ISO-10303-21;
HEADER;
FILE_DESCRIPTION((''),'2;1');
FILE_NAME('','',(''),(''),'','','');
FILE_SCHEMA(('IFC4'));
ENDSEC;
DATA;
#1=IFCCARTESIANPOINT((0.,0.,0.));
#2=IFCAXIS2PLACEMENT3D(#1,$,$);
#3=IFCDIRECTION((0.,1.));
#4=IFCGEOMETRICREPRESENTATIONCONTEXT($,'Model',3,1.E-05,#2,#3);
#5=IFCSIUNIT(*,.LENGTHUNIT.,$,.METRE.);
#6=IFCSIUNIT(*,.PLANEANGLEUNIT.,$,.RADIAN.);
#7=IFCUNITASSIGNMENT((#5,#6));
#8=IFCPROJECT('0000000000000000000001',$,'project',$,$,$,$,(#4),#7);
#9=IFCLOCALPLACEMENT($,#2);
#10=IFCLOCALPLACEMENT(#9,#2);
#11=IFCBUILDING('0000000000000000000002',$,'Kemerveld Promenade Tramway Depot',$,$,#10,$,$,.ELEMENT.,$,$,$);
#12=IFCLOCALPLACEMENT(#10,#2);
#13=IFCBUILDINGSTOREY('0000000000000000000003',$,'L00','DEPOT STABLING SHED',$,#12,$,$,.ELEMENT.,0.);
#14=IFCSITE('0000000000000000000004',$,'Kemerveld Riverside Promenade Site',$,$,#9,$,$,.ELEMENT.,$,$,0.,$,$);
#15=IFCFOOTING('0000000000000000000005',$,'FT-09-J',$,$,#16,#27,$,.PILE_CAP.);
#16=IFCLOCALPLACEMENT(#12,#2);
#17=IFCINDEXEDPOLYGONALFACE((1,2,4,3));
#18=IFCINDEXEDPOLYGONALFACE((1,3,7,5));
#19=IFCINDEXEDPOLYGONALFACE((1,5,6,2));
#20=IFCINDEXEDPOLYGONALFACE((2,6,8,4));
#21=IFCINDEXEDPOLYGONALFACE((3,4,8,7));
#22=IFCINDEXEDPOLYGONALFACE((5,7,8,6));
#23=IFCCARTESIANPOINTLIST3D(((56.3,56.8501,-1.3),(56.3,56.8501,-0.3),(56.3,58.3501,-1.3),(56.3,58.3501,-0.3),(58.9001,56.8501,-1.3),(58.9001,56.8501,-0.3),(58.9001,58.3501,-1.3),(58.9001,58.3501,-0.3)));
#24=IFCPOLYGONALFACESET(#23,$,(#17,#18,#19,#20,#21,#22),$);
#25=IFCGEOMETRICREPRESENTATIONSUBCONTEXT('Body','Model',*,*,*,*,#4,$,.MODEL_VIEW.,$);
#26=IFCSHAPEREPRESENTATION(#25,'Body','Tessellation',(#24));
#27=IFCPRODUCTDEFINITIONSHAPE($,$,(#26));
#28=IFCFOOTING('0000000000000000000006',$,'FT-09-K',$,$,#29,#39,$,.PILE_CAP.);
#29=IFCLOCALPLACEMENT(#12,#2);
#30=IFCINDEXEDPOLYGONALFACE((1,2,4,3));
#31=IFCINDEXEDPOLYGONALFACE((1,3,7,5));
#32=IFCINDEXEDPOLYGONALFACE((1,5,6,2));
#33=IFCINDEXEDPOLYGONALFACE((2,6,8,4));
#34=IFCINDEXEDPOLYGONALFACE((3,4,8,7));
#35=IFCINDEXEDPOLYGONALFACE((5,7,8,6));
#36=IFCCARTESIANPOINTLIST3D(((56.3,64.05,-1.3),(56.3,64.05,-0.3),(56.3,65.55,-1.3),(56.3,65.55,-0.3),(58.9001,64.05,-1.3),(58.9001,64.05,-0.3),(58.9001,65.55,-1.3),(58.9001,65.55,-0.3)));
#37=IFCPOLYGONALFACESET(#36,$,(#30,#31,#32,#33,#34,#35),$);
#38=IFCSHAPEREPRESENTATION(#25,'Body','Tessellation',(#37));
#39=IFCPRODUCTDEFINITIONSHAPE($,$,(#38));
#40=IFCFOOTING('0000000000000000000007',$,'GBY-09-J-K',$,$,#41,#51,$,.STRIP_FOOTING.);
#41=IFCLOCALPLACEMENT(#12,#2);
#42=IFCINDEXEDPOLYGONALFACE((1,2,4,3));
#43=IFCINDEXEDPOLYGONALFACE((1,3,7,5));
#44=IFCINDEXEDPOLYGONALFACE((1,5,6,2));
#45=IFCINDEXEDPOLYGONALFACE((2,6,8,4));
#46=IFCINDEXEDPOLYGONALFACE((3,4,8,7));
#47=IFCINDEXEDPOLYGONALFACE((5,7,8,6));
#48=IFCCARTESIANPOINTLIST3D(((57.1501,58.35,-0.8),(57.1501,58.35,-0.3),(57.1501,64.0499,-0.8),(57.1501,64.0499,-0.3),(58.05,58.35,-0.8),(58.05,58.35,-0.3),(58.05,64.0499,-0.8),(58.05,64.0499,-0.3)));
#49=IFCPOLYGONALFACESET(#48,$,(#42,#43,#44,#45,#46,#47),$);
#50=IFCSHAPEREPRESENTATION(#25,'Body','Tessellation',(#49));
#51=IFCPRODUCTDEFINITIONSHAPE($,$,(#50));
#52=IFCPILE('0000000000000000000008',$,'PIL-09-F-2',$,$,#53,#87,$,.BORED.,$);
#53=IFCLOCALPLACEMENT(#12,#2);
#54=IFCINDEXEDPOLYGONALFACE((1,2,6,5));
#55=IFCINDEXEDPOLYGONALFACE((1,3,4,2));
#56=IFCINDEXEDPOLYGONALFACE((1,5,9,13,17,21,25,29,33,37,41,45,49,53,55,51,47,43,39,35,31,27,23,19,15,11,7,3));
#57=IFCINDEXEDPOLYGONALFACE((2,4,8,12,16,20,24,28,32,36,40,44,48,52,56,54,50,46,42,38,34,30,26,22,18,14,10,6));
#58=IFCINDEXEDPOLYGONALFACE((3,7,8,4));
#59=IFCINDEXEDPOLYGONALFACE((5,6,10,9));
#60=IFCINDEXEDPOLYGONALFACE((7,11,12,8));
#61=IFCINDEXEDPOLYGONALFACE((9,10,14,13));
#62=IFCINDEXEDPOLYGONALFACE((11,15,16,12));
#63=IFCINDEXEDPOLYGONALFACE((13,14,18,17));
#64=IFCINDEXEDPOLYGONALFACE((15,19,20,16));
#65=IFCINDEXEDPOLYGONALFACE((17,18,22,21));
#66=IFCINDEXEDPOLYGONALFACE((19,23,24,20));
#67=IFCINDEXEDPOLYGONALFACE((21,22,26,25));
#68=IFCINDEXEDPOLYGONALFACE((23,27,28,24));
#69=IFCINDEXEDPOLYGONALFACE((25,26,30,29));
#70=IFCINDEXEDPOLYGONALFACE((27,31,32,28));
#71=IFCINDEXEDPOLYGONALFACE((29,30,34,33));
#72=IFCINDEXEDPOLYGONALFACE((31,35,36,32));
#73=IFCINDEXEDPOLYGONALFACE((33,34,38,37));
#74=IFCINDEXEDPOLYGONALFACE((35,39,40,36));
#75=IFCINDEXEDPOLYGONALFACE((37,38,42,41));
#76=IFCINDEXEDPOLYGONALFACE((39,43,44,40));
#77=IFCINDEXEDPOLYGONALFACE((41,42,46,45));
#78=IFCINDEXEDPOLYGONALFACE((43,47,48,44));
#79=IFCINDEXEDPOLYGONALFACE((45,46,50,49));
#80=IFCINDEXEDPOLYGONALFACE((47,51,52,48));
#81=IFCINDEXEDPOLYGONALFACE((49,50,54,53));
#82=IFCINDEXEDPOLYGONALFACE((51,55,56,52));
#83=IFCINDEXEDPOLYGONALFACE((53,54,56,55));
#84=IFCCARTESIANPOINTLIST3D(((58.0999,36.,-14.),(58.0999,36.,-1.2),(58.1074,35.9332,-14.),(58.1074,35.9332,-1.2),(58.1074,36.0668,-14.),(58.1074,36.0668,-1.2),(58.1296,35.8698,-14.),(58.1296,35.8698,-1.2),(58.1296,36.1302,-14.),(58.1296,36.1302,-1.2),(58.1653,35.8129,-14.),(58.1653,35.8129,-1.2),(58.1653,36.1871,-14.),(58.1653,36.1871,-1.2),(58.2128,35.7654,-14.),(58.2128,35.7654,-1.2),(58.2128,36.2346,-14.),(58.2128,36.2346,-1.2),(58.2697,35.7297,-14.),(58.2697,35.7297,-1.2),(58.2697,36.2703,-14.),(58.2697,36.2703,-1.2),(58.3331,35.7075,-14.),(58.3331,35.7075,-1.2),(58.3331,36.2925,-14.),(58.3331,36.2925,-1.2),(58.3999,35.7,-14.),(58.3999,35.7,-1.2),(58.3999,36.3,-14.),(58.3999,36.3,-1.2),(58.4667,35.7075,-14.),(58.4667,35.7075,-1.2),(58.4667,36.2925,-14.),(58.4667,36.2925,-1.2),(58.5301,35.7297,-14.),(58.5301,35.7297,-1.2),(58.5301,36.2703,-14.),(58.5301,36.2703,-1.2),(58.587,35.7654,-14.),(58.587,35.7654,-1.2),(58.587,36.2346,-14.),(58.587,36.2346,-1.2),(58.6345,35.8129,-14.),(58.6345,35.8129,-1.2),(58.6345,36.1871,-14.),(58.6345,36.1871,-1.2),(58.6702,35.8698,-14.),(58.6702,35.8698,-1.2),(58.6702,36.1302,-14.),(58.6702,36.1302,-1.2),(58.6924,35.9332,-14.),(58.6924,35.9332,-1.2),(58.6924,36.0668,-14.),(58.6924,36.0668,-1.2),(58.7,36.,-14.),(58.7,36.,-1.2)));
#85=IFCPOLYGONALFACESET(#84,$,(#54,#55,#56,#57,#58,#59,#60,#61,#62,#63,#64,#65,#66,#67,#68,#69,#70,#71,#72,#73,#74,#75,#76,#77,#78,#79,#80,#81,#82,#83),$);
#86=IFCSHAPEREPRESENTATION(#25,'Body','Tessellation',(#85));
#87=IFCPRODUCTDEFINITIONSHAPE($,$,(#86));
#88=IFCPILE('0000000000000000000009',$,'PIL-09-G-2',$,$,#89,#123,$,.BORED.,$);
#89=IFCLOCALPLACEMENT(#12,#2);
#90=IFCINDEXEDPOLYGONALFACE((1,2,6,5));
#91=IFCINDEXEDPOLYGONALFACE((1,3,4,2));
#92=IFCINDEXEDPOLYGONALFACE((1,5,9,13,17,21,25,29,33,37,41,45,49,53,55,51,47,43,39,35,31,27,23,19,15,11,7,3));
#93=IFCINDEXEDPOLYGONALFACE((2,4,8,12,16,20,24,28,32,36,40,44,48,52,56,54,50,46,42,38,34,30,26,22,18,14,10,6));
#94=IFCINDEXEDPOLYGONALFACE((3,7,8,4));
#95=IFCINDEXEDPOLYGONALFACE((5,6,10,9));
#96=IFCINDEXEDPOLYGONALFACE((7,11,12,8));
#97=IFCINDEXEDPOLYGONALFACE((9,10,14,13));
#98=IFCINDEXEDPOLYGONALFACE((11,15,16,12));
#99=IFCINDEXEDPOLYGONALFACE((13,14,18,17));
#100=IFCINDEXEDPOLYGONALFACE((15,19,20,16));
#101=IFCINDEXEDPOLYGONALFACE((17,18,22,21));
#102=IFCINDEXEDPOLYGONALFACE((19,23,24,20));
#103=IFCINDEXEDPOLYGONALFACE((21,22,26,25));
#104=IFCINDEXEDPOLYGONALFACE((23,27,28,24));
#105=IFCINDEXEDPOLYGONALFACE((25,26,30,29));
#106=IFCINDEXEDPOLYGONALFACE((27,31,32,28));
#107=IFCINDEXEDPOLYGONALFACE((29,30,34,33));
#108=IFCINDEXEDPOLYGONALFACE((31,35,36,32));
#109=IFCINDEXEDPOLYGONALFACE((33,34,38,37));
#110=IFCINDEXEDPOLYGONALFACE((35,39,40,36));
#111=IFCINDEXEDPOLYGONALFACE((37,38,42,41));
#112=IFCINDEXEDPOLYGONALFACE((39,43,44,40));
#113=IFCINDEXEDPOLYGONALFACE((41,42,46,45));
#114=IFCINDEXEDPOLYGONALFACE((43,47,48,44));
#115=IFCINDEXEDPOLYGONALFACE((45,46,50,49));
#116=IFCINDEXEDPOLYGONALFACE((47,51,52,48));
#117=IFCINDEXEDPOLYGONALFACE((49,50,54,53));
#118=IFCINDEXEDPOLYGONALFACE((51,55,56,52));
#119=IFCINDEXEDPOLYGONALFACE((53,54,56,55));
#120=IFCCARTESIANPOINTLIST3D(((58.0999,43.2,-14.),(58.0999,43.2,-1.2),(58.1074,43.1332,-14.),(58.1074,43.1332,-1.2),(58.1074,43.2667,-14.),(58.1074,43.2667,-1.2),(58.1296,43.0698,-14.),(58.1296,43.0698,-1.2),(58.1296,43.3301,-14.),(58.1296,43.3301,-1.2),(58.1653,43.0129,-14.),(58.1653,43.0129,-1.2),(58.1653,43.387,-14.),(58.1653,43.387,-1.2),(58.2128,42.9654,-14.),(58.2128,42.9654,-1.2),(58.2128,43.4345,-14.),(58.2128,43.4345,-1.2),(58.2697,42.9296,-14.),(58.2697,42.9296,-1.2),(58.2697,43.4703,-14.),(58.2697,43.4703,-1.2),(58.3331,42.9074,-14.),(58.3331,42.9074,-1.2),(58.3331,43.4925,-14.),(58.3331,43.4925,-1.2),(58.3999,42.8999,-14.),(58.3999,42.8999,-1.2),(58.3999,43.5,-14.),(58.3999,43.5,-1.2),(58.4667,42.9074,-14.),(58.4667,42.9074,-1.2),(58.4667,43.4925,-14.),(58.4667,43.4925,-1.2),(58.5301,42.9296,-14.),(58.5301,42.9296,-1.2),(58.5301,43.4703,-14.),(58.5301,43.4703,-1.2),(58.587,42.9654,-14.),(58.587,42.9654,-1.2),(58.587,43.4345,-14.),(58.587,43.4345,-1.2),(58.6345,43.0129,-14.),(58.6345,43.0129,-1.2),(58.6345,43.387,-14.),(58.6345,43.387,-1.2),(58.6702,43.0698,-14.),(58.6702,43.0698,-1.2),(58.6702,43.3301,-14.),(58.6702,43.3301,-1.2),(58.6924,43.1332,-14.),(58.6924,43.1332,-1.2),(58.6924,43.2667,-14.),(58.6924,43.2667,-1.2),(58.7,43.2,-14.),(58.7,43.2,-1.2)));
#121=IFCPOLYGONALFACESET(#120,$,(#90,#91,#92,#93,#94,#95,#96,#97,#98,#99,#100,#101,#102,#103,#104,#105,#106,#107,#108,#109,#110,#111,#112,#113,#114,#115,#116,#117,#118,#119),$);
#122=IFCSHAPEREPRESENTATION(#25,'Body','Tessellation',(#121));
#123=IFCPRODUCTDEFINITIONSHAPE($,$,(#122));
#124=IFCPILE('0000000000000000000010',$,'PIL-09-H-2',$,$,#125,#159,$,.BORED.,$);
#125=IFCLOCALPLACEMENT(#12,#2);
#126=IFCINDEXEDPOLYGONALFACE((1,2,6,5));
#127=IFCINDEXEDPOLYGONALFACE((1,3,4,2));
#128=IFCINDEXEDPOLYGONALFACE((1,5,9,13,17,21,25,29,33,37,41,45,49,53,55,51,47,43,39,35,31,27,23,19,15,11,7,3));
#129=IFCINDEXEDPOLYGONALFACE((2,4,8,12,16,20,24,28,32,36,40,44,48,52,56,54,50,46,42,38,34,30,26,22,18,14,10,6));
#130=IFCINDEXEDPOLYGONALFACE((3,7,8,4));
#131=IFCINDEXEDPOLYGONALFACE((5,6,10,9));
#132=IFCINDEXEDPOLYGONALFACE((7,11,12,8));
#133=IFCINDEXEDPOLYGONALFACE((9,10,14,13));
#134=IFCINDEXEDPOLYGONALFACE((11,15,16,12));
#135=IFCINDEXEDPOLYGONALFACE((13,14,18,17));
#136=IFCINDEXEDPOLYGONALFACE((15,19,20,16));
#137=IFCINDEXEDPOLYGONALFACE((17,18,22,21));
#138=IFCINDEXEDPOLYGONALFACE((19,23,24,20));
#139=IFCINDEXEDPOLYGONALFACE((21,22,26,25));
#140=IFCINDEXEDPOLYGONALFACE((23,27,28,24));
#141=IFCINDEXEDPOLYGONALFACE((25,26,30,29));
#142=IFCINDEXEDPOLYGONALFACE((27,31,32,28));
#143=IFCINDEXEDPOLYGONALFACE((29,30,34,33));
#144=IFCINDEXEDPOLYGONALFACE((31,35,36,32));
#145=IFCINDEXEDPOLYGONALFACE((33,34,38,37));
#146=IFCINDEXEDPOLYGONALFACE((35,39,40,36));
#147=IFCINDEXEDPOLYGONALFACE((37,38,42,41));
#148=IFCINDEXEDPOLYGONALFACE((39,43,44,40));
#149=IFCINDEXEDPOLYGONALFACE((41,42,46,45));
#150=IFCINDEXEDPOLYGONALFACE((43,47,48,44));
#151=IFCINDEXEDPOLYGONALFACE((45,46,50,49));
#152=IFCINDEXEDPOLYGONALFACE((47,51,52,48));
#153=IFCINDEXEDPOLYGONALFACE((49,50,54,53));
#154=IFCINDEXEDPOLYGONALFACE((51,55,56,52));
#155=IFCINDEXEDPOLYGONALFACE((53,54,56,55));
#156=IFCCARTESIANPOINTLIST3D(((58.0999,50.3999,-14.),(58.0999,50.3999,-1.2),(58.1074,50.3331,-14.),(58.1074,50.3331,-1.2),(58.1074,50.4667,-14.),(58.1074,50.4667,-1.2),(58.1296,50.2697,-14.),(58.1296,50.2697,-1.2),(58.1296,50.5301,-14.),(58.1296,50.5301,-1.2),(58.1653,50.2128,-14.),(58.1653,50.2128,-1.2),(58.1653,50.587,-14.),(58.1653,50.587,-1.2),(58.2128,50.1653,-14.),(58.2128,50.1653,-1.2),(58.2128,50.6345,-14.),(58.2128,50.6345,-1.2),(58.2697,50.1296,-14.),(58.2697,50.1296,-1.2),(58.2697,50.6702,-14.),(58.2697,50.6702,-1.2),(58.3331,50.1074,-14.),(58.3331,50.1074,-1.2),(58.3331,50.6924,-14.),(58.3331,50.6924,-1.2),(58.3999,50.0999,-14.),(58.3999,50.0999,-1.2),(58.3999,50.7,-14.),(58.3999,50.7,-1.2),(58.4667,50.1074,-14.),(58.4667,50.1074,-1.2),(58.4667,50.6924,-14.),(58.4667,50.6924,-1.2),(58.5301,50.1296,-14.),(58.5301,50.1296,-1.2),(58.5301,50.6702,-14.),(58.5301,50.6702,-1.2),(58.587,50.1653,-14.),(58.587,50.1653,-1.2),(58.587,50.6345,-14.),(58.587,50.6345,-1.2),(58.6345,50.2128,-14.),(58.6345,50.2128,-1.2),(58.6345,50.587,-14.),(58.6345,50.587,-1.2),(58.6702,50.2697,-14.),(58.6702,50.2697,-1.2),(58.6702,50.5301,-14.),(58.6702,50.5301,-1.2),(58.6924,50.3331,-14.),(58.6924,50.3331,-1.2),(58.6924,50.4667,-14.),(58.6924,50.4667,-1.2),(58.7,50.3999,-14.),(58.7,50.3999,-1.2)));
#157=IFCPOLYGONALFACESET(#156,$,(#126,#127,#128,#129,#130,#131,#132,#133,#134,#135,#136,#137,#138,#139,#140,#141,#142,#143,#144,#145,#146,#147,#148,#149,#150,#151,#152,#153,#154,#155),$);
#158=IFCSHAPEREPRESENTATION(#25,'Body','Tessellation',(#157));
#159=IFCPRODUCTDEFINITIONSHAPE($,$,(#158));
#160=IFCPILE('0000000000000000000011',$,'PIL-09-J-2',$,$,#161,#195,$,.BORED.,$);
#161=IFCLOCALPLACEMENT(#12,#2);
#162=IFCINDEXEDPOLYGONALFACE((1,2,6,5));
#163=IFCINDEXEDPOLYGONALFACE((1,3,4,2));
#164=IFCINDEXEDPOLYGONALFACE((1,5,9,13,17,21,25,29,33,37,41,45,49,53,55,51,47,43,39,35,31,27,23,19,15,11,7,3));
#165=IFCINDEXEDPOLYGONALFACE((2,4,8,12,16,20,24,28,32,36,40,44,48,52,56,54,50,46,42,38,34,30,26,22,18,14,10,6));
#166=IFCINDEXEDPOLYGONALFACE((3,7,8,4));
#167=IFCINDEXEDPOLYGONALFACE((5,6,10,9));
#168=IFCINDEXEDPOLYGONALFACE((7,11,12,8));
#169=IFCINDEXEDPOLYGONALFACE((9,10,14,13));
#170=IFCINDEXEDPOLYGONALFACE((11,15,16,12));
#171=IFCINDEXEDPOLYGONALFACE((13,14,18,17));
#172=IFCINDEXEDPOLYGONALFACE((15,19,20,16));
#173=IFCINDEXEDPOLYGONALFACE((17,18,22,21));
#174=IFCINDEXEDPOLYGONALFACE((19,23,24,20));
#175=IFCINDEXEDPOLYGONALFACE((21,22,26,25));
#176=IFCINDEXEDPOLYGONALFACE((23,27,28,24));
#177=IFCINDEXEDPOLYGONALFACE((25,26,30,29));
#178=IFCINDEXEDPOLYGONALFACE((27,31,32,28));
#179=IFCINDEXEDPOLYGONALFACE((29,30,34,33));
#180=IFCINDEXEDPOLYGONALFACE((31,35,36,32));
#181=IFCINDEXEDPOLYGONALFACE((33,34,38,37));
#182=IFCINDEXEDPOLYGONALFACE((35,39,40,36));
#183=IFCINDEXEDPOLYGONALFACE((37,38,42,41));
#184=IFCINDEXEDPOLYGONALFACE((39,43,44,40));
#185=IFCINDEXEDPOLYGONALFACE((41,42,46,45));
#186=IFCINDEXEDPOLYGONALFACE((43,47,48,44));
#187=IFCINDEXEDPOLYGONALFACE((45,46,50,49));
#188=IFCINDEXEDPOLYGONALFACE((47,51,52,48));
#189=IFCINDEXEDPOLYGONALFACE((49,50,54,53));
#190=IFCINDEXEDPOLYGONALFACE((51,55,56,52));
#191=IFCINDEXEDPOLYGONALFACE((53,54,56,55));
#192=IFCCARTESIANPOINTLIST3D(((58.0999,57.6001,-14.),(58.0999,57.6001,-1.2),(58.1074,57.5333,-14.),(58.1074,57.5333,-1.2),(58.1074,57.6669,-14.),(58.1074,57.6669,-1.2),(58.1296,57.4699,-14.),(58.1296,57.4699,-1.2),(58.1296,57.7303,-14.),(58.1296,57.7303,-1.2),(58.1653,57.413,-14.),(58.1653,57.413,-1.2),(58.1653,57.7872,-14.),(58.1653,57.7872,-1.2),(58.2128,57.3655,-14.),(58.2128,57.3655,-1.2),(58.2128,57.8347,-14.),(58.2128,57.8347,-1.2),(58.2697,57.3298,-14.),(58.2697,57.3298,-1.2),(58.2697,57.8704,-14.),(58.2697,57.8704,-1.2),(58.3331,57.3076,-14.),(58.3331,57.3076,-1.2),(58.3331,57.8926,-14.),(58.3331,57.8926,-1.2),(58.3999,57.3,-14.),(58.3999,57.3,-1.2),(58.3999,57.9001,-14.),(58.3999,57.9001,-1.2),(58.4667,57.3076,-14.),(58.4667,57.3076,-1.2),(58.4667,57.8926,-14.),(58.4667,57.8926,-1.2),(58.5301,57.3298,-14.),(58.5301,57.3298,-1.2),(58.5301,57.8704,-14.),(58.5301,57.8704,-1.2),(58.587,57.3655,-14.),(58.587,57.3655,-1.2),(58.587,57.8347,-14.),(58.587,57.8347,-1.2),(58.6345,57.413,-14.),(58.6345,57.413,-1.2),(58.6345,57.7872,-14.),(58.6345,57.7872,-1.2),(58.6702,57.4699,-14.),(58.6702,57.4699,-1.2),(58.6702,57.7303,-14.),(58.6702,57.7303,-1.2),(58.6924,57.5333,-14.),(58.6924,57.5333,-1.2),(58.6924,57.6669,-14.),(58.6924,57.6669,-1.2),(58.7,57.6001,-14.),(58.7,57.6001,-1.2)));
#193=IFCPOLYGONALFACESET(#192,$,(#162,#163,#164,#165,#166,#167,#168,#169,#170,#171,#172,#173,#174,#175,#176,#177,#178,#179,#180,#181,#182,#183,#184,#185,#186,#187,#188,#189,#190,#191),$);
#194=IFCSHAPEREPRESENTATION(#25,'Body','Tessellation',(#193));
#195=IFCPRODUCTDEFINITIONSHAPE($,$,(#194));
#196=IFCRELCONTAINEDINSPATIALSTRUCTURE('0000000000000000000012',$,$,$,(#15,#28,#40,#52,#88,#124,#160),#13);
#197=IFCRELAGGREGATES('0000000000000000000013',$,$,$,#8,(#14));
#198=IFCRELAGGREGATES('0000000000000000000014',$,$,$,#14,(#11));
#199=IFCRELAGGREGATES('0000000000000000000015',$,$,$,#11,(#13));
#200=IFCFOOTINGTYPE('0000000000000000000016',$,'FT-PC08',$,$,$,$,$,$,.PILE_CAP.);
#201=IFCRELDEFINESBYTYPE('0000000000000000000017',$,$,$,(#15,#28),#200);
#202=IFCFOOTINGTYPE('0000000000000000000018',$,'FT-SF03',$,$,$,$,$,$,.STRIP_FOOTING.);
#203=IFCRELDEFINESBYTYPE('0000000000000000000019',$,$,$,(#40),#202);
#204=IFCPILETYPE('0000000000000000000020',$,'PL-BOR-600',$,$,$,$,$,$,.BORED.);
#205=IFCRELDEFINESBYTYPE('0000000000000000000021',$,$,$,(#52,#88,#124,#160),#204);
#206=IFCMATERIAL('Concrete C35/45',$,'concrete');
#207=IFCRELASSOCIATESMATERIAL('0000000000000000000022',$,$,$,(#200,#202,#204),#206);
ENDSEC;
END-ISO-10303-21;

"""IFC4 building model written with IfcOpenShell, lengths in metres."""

from ifc_helpers import new_model, si_unit, direction, frame, origin, origin_2d, place, context, subcontext, project, spatial, rectangle, circle, extrude, material, material_profile, profile_set, type_object, element, save


model = new_model("IFC4")

# Units and contexts
model_context = context("Model", 3, precision=1e-05, world=origin(), true_north=direction((0.0, 1.0)))
body_context = subcontext(model_context, "Body", "Model", "MODEL_VIEW")
ifc_project = project(units=[si_unit("LENGTHUNIT", "METRE"), si_unit("PLANEANGLEUNIT", "RADIAN")], contexts=[model_context])

# Site, building, storey
site_placement = place(None, origin())
site = spatial("IfcSite", under=ifc_project, at=site_placement, Name="Kemerveld Riverside Promenade Site", CompositionType="ELEMENT", RefElevation=0.0)
building_placement = place(site_placement, origin())
building = spatial("IfcBuilding", under=site, at=building_placement, Name="Kemerveld Promenade Tramway Depot", CompositionType="ELEMENT")
storey_placement = place(building_placement, origin())
storey = spatial("IfcBuildingStorey", under=building, at=storey_placement, Name="L00", Description="DEPOT STABLING SHED", CompositionType="ELEMENT", Elevation=0.0)

# Footings
ifc_material_1 = material(Name="Concrete C35/45", Category="concrete")
footing_type_1 = type_object("IfcFootingType", Name="FT-PC08", PredefinedType="PILE_CAP", material=ifc_material_1)
for number, where, z_axis, x_axis, name in (
    (1, (57.6001, 57.6001, -1.3), (0.0, 0.0, 1.0), (1.0, 0.0, 0.0), "FT-09-J"),
    (2, (57.6001, 64.8, -1.3), (0.0, 0.0, 1.0), (1.0, 0.0, 0.0), "FT-09-K"),
):
    element("IfcFooting", number, at=place(storey_placement, frame(where, z_axis=z_axis, x_axis=x_axis)), inside=storey, type_object=footing_type_1, Name=name, PredefinedType="PILE_CAP", context=body_context, shape_type="SweptSolid", body=[
        extrude(rectangle(XDim=2.6001, YDim=1.5, at=origin_2d()), origin(), (0.0, 0.0, 1.0), 1.0),
    ])
footing_type_2 = type_object("IfcFootingType", Name="FT-SF03", PredefinedType="STRIP_FOOTING", material=ifc_material_1)
footing_placement = place(storey_placement, frame((57.6001, 61.2, -0.8), z_axis=(0.0, 0.0, 1.0), x_axis=(0.0, 1.0, 0.0)))
element("IfcFooting", 3, at=footing_placement, inside=storey, type_object=footing_type_2, Name="GBY-09-J-K", PredefinedType="STRIP_FOOTING", context=body_context, shape_type="SweptSolid", body=[
    extrude(rectangle(XDim=5.7, YDim=0.8999, at=origin_2d()), origin(), (0.0, 0.0, 1.0), 0.5),
])

# Piles
ifc_material_profile_1 = material_profile(ifc_material_1, circle(Radius=0.3, at=origin_2d()), Name="PILE-D600")
ifc_profile_set_1 = profile_set([ifc_material_profile_1], Name="Concrete C35/45")
pile_type_1 = type_object("IfcPileType", Name="PL-BOR-600", PredefinedType="BORED", material=ifc_profile_set_1)
for number, where, z_axis, x_axis, name in (
    (4, (58.3999, 36.0, -1.2), (0.0, 0.0, -1.0), (1.0, 0.0, 0.0), "PIL-09-F-2"),
    (5, (58.3999, 43.2, -1.2), (0.0, 0.0, -1.0), (1.0, 0.0, 0.0), "PIL-09-G-2"),
    (6, (58.3999, 50.3999, -1.2), (0.0, 0.0, -1.0), (1.0, 0.0, 0.0), "PIL-09-H-2"),
    (7, (58.3999, 57.6001, -1.2), (0.0, 0.0, -1.0), (1.0, 0.0, 0.0), "PIL-09-J-2"),
):
    element("IfcPile", number, at=place(storey_placement, frame(where, z_axis=z_axis, x_axis=x_axis)), inside=storey, type_object=pile_type_1, Name=name, PredefinedType="BORED", context=body_context, shape_type="SweptSolid", body=[
        extrude(circle(Radius=0.3, at=origin_2d()), origin(), (0.0, 0.0, 1.0), 12.8),
    ])

save(model, "model.ifc")
